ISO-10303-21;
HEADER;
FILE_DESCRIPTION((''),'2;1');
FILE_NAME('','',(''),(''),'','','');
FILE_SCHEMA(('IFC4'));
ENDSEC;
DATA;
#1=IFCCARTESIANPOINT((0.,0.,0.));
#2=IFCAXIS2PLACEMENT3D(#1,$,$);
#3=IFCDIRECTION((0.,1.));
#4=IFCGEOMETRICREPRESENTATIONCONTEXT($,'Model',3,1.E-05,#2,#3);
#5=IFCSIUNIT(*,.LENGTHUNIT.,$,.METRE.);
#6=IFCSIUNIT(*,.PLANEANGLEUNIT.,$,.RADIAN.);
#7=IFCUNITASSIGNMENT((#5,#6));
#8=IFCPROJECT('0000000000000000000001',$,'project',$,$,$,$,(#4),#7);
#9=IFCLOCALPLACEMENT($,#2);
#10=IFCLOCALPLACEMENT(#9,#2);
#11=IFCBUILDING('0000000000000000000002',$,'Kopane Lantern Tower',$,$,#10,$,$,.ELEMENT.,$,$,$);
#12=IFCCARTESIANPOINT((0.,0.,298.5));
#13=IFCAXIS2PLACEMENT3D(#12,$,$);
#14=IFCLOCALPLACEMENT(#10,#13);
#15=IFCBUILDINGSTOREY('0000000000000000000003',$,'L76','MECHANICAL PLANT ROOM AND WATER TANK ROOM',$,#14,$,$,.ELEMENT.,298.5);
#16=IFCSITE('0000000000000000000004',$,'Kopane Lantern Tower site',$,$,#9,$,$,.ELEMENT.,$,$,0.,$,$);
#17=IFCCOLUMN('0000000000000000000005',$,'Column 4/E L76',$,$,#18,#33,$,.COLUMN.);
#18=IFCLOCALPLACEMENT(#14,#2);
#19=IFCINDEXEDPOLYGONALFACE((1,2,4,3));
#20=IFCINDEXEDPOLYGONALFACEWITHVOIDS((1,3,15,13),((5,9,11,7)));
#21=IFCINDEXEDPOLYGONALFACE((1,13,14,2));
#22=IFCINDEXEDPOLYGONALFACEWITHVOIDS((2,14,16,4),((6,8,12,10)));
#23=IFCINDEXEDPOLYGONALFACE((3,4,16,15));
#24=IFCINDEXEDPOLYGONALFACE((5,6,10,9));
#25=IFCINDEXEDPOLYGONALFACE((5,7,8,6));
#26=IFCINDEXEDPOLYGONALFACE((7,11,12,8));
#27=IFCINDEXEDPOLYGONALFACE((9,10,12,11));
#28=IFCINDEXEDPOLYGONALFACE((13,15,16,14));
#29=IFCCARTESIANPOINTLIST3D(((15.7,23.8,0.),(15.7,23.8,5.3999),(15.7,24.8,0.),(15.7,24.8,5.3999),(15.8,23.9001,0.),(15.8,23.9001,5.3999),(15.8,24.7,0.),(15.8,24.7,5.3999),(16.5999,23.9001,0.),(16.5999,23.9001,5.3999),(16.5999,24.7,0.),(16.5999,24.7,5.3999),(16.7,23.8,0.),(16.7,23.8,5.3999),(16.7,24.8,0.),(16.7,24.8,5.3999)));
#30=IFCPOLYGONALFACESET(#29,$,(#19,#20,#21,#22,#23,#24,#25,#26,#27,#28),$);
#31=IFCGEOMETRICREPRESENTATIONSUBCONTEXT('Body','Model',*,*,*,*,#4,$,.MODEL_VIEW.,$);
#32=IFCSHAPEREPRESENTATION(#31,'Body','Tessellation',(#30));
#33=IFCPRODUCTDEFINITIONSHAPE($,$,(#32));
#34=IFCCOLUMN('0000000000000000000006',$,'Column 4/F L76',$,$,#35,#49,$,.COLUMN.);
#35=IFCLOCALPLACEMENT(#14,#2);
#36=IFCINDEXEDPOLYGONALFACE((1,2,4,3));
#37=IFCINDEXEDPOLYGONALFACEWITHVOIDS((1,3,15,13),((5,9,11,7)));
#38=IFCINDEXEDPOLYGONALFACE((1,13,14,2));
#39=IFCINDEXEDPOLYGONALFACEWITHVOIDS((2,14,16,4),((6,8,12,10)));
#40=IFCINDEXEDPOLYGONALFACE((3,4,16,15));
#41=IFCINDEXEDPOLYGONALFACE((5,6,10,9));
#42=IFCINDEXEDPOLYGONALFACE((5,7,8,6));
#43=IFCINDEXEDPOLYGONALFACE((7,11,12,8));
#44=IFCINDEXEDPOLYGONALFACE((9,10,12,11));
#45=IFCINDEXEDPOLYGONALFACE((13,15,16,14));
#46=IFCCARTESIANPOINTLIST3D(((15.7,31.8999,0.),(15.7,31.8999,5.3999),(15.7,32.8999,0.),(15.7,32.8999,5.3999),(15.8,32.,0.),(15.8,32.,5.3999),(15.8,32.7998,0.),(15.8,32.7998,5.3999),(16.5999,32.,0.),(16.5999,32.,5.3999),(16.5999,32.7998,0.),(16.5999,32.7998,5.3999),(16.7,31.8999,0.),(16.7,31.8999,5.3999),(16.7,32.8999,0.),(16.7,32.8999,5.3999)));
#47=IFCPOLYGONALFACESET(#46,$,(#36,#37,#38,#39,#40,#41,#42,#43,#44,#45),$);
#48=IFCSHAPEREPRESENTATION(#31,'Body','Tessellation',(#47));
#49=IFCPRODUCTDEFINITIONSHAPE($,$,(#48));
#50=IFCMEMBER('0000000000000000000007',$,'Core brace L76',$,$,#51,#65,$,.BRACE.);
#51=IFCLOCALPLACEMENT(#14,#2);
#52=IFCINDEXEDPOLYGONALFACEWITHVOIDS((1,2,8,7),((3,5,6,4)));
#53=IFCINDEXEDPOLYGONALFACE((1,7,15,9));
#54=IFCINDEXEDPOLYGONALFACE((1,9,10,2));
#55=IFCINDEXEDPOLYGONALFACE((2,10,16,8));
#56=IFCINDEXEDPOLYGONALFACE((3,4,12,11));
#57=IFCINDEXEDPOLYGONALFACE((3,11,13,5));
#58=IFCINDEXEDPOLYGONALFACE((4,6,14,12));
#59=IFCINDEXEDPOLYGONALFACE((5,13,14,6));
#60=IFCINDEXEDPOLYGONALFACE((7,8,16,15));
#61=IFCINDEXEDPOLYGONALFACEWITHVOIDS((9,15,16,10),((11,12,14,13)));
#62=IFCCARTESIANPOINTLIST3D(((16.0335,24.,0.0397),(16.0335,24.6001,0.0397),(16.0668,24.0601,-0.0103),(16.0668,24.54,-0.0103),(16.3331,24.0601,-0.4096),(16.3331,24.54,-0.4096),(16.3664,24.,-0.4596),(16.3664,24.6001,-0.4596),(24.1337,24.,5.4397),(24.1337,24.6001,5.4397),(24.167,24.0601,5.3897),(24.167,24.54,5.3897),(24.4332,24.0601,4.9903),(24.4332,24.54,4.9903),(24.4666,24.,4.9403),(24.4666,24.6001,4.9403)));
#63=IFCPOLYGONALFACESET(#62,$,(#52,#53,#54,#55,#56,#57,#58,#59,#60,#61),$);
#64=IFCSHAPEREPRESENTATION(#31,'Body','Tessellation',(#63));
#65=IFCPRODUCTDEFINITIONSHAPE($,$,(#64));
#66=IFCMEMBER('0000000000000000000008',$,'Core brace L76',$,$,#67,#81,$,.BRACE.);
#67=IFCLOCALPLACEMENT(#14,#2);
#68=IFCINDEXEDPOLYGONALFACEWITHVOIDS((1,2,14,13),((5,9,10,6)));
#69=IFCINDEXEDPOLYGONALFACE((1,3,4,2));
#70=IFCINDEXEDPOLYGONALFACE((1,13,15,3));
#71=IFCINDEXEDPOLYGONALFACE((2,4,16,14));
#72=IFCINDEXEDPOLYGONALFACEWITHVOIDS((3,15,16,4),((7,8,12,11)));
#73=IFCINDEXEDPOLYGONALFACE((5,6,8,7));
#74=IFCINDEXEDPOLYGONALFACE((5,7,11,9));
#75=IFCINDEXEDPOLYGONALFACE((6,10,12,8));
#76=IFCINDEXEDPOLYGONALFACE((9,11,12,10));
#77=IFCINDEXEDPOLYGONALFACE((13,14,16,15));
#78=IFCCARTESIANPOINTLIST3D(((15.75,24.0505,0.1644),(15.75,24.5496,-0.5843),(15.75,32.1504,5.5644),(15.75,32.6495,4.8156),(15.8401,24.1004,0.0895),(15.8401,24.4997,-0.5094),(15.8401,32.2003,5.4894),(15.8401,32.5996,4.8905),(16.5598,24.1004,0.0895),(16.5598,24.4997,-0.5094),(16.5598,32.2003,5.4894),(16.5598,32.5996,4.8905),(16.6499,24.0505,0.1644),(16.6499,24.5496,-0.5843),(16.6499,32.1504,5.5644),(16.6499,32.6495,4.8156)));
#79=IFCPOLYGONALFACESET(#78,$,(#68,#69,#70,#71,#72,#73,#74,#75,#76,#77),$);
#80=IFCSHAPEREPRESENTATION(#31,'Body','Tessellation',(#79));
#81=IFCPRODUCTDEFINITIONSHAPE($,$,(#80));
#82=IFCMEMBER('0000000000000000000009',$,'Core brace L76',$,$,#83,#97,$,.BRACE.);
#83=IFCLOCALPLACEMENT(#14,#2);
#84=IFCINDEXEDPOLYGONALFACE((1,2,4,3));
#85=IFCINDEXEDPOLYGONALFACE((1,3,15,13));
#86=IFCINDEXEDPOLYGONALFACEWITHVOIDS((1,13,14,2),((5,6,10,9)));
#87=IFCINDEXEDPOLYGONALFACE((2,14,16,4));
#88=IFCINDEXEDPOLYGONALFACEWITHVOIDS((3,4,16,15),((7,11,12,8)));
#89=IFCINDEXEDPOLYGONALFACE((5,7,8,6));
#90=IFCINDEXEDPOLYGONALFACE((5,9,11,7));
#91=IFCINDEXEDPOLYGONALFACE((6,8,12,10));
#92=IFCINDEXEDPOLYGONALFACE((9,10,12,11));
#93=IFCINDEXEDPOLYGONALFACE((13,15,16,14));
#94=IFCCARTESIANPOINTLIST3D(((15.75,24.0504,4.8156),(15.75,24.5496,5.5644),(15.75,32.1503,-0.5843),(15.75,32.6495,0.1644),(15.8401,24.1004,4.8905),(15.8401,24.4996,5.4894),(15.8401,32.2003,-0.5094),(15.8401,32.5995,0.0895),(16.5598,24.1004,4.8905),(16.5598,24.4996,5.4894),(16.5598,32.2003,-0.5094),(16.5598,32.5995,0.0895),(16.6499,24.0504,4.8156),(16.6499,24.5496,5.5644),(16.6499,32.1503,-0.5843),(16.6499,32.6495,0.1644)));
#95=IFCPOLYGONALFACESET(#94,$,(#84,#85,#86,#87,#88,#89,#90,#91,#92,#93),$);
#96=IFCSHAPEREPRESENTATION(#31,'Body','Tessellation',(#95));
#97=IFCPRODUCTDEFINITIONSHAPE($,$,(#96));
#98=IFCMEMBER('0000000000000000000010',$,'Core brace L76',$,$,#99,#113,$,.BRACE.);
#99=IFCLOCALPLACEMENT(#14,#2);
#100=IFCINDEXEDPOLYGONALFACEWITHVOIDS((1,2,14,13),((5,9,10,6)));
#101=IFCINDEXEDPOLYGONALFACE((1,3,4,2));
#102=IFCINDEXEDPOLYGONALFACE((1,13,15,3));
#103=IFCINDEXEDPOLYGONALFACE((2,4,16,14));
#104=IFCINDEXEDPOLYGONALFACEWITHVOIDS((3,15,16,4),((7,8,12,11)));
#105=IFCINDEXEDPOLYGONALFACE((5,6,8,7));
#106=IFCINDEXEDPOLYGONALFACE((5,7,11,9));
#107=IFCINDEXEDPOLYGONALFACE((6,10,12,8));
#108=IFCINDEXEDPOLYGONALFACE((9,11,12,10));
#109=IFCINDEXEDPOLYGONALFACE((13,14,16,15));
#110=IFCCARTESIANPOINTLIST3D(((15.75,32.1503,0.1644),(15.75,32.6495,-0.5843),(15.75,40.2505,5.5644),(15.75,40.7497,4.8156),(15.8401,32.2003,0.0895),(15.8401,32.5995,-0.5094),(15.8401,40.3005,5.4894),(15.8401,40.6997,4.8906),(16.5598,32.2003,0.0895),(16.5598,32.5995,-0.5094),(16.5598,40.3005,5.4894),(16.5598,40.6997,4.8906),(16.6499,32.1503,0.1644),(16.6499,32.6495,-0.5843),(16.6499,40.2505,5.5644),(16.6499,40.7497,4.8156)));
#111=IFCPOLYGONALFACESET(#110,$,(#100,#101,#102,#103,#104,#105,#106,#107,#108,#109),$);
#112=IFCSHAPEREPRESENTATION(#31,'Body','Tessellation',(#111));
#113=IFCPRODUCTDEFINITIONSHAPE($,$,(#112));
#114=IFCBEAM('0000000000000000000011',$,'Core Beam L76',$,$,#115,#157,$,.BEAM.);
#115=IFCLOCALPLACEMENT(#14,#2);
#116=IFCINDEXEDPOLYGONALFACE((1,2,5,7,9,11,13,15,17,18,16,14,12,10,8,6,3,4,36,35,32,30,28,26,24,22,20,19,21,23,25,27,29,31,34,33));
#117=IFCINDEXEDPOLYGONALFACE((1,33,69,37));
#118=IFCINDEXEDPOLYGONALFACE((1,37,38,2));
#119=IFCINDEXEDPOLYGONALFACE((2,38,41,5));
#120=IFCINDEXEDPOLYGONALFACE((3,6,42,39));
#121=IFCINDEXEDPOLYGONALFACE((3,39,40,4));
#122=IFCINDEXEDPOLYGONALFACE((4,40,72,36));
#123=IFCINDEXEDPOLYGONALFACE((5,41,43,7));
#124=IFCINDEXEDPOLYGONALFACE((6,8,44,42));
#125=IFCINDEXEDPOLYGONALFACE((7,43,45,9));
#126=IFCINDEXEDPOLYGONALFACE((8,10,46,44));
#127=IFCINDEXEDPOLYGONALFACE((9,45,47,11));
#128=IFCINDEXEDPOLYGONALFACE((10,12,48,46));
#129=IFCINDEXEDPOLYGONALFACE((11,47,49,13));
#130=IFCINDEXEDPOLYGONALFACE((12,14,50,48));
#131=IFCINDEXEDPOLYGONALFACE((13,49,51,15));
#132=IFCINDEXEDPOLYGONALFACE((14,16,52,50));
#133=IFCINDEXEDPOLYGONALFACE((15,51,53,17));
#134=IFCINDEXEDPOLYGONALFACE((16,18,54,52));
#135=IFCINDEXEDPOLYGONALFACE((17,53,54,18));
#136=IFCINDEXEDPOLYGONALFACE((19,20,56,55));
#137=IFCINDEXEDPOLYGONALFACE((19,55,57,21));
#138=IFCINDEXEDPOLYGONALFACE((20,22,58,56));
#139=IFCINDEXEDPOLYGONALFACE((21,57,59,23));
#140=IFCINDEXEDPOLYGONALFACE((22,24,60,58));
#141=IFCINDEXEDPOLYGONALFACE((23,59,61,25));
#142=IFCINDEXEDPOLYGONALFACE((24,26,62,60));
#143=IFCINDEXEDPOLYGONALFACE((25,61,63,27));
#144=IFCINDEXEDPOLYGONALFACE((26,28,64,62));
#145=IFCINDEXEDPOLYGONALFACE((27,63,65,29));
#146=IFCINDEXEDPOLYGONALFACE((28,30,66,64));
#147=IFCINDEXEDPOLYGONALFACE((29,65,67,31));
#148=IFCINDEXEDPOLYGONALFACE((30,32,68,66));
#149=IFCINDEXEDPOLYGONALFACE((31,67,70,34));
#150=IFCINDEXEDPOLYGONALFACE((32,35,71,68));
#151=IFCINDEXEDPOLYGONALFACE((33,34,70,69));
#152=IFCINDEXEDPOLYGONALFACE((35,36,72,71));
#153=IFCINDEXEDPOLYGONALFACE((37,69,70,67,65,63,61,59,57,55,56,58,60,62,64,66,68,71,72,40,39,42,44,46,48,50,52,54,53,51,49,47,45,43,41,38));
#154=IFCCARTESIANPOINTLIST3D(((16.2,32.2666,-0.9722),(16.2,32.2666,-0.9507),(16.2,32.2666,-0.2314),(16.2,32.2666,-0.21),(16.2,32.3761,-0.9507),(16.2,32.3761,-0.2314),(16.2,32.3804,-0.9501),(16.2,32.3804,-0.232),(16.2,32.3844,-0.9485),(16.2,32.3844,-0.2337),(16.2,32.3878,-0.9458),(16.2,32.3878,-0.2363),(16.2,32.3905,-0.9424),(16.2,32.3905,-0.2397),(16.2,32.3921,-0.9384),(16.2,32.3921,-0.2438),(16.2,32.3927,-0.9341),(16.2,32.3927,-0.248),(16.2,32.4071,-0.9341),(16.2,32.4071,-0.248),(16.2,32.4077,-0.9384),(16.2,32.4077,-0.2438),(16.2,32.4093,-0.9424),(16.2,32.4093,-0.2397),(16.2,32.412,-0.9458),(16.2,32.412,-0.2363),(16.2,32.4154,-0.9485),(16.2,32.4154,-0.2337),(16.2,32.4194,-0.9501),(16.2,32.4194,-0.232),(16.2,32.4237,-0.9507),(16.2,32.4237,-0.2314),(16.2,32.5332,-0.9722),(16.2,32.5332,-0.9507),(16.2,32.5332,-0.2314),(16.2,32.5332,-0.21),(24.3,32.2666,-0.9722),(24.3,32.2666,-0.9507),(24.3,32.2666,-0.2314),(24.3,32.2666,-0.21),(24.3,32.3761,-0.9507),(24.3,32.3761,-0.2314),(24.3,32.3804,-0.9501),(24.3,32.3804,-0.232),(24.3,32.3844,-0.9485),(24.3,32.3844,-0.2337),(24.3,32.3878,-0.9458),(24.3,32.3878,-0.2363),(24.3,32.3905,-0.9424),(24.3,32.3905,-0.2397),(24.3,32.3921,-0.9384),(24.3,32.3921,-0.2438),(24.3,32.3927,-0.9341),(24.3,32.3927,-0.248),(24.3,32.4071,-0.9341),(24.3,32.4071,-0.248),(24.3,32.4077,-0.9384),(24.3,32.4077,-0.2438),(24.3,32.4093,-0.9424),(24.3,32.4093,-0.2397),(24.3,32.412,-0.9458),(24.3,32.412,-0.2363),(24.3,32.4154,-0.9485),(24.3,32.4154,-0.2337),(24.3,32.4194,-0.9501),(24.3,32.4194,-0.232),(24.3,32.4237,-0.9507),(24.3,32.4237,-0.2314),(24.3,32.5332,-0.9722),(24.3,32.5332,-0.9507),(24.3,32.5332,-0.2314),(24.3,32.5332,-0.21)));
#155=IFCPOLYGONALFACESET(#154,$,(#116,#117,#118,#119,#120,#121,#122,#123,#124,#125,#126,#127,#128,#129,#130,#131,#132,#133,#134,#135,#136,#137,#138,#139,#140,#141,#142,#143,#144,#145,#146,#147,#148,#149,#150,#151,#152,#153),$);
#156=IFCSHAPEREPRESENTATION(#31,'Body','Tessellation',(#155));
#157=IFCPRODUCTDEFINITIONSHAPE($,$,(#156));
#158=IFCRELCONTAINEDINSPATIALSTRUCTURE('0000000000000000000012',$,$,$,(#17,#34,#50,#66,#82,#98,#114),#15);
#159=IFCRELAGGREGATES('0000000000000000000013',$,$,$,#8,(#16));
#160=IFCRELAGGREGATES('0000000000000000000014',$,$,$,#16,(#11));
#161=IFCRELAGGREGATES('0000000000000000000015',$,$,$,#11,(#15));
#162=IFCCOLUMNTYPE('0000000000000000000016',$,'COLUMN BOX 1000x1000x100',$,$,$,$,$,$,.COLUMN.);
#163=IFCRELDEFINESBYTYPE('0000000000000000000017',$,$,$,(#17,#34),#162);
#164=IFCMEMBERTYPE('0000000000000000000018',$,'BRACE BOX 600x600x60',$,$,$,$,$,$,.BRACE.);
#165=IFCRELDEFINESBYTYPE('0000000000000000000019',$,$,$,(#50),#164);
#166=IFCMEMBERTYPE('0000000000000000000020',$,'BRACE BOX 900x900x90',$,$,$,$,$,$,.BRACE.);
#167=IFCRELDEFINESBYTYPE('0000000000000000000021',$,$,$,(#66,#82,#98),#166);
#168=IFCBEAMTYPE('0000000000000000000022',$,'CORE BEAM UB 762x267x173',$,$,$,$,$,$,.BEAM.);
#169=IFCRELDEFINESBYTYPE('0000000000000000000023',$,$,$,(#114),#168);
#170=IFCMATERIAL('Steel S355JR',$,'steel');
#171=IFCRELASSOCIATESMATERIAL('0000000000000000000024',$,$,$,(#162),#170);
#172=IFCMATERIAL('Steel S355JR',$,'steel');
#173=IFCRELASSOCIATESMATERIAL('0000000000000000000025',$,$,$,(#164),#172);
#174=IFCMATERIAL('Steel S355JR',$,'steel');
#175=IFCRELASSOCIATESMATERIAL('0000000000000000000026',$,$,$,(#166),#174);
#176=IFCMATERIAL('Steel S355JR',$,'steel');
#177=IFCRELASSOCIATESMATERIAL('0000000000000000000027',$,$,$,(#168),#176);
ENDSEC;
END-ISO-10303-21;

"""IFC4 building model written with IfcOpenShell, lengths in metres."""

from ifc_helpers import new_model, si_unit, direction, frame, origin, origin_2d, place, context, subcontext, project, spatial, hollow_rectangle, i_section, extrude, material, material_profile, profile_set, type_object, element, save


model = new_model("IFC4")

# Units and contexts
model_context = context("Model", 3, precision=1e-05, world=origin(), true_north=direction((0.0, 1.0)))
body_context = subcontext(model_context, "Body", "Model", "MODEL_VIEW")
ifc_project = project(units=[si_unit("LENGTHUNIT", "METRE"), si_unit("PLANEANGLEUNIT", "RADIAN")], contexts=[model_context])

# Site, building, storey
site_placement = place(None, origin())
site = spatial("IfcSite", under=ifc_project, at=site_placement, Name="Kopane Lantern Tower site", CompositionType="ELEMENT", RefElevation=0.0)
building_placement = place(site_placement, origin())
building = spatial("IfcBuilding", under=site, at=building_placement, Name="Kopane Lantern Tower", CompositionType="ELEMENT")
storey_placement = place(building_placement, frame((0.0, 0.0, 298.5)))
storey = spatial("IfcBuildingStorey", under=building, at=storey_placement, Name="L76", Description="MECHANICAL PLANT ROOM AND WATER TANK ROOM", CompositionType="ELEMENT", Elevation=298.5)

# Columns
ifc_material_1 = material(Name="Steel S355JR", Category="steel")
ifc_material_profile_1 = material_profile(ifc_material_1, hollow_rectangle(XDim=1.0, YDim=1.0, WallThickness=0.1001, at=origin_2d()), Name="BOX 1000x1000x100")
ifc_profile_set_1 = profile_set([ifc_material_profile_1], Name="Steel S355JR")
column_type = type_object("IfcColumnType", Name="COLUMN BOX 1000x1000x100", PredefinedType="COLUMN", material=ifc_profile_set_1)
for number, where, z_axis, x_axis, name in (
    (1, (16.2, 24.3, 0.0), (0.0, 0.0, 1.0), (1.0, 0.0, 0.0), "Column 4/E L76"),
    (2, (16.2, 32.3999, 0.0), (0.0, 0.0, 1.0), (1.0, 0.0, 0.0), "Column 4/F L76"),
):
    element("IfcColumn", number, at=place(storey_placement, frame(where, z_axis=z_axis, x_axis=x_axis)), inside=storey, type_object=column_type, Name=name, PredefinedType="COLUMN", context=body_context, shape_type="SweptSolid", body=[
        extrude(hollow_rectangle(XDim=1.0, YDim=1.0, WallThickness=0.1001, at=origin_2d()), origin(), (0.0, 0.0, 1.0), 5.3999),
    ])

# Members
ifc_material_2 = material(Name="Steel S355JR", Category="steel")
ifc_material_profile_2 = material_profile(ifc_material_2, hollow_rectangle(XDim=0.6001, YDim=0.6001, WallThickness=0.0601, at=origin_2d()), Name="BOX 600x600x60")
ifc_profile_set_2 = profile_set([ifc_material_profile_2], Name="Steel S355JR")
member_type_1 = type_object("IfcMemberType", Name="BRACE BOX 600x600x60", PredefinedType="BRACE", material=ifc_profile_set_2)
member_1_placement = place(storey_placement, frame((16.2, 24.3, -0.21), z_axis=(0.832058, 0.0, 0.554689), x_axis=(0.0, 1.0, 0.0)))
element("IfcMember", 3, at=member_1_placement, inside=storey, type_object=member_type_1, Name="Core brace L76", PredefinedType="BRACE", context=body_context, shape_type="SweptSolid", body=[
    extrude(hollow_rectangle(XDim=0.6001, YDim=0.6001, WallThickness=0.0601, at=origin_2d()), origin(), (0.0, 0.0, 1.0), 9.7351),
])
ifc_material_3 = material(Name="Steel S355JR", Category="steel")
ifc_material_profile_3 = material_profile(ifc_material_3, hollow_rectangle(XDim=0.8999, YDim=0.8999, WallThickness=0.0901, at=origin_2d()), Name="BOX 900x900x90")
ifc_profile_set_3 = profile_set([ifc_material_profile_3], Name="Steel S355JR")
member_type_2 = type_object("IfcMemberType", Name="BRACE BOX 900x900x90", PredefinedType="BRACE", material=ifc_profile_set_3)
for number, where, z_axis, x_axis, name in (
    (4, (16.2, 24.3, -0.21), (0.0, 0.83205, 0.5547), (-1.0, 0.0, 0.0), "Core brace L76"),
    (5, (16.2, 32.3999, -0.21), (0.0, -0.83205, 0.5547), (1.0, 0.0, 0.0), "Core brace L76"),
):
    element("IfcMember", number, at=place(storey_placement, frame(where, z_axis=z_axis, x_axis=x_axis)), inside=storey, type_object=member_type_2, Name=name, PredefinedType="BRACE", context=body_context, shape_type="SweptSolid", body=[
        extrude(hollow_rectangle(XDim=0.8999, YDim=0.8999, WallThickness=0.0901, at=origin_2d()), origin(), (0.0, 0.0, 1.0), 9.7349),
    ])
member_2_placement = place(storey_placement, frame((16.2, 32.3999, -0.21), z_axis=(0.0, 0.832058, 0.554689), x_axis=(-1.0, 0.0, 0.0)))
element("IfcMember", 6, at=member_2_placement, inside=storey, type_object=member_type_2, Name="Core brace L76", PredefinedType="BRACE", context=body_context, shape_type="SweptSolid", body=[
    extrude(hollow_rectangle(XDim=0.8999, YDim=0.8999, WallThickness=0.0901, at=origin_2d()), origin(), (0.0, 0.0, 1.0), 9.7351),
])

# Beam
ifc_material_4 = material(Name="Steel S355JR", Category="steel")
ifc_material_profile_4 = material_profile(ifc_material_4, i_section(OverallWidth=0.2666, OverallDepth=0.7622, WebThickness=0.0144, FlangeThickness=0.0215, FilletRadius=0.0166, at=origin_2d()), Name="UB 762x267x173")
ifc_profile_set_4 = profile_set([ifc_material_profile_4], Name="Steel S355JR")
beam_type_1 = type_object("IfcBeamType", Name="CORE BEAM UB 762x267x173", PredefinedType="BEAM", material=ifc_profile_set_4)
beam_1_placement = place(storey_placement, frame((16.2, 32.3999, -0.5911), z_axis=(1.0, 0.0, 0.0), x_axis=(0.0, 1.0, 0.0)))
element("IfcBeam", 7, at=beam_1_placement, inside=storey, type_object=beam_type_1, Name="Core Beam L76", PredefinedType="BEAM", context=body_context, shape_type="SweptSolid", body=[
    extrude(i_section(OverallWidth=0.2666, OverallDepth=0.7622, WebThickness=0.0144, FlangeThickness=0.0215, FilletRadius=0.0166, at=origin_2d()), origin(), (0.0, 0.0, 1.0), 8.1001),
])

save(model, "model.ifc")
